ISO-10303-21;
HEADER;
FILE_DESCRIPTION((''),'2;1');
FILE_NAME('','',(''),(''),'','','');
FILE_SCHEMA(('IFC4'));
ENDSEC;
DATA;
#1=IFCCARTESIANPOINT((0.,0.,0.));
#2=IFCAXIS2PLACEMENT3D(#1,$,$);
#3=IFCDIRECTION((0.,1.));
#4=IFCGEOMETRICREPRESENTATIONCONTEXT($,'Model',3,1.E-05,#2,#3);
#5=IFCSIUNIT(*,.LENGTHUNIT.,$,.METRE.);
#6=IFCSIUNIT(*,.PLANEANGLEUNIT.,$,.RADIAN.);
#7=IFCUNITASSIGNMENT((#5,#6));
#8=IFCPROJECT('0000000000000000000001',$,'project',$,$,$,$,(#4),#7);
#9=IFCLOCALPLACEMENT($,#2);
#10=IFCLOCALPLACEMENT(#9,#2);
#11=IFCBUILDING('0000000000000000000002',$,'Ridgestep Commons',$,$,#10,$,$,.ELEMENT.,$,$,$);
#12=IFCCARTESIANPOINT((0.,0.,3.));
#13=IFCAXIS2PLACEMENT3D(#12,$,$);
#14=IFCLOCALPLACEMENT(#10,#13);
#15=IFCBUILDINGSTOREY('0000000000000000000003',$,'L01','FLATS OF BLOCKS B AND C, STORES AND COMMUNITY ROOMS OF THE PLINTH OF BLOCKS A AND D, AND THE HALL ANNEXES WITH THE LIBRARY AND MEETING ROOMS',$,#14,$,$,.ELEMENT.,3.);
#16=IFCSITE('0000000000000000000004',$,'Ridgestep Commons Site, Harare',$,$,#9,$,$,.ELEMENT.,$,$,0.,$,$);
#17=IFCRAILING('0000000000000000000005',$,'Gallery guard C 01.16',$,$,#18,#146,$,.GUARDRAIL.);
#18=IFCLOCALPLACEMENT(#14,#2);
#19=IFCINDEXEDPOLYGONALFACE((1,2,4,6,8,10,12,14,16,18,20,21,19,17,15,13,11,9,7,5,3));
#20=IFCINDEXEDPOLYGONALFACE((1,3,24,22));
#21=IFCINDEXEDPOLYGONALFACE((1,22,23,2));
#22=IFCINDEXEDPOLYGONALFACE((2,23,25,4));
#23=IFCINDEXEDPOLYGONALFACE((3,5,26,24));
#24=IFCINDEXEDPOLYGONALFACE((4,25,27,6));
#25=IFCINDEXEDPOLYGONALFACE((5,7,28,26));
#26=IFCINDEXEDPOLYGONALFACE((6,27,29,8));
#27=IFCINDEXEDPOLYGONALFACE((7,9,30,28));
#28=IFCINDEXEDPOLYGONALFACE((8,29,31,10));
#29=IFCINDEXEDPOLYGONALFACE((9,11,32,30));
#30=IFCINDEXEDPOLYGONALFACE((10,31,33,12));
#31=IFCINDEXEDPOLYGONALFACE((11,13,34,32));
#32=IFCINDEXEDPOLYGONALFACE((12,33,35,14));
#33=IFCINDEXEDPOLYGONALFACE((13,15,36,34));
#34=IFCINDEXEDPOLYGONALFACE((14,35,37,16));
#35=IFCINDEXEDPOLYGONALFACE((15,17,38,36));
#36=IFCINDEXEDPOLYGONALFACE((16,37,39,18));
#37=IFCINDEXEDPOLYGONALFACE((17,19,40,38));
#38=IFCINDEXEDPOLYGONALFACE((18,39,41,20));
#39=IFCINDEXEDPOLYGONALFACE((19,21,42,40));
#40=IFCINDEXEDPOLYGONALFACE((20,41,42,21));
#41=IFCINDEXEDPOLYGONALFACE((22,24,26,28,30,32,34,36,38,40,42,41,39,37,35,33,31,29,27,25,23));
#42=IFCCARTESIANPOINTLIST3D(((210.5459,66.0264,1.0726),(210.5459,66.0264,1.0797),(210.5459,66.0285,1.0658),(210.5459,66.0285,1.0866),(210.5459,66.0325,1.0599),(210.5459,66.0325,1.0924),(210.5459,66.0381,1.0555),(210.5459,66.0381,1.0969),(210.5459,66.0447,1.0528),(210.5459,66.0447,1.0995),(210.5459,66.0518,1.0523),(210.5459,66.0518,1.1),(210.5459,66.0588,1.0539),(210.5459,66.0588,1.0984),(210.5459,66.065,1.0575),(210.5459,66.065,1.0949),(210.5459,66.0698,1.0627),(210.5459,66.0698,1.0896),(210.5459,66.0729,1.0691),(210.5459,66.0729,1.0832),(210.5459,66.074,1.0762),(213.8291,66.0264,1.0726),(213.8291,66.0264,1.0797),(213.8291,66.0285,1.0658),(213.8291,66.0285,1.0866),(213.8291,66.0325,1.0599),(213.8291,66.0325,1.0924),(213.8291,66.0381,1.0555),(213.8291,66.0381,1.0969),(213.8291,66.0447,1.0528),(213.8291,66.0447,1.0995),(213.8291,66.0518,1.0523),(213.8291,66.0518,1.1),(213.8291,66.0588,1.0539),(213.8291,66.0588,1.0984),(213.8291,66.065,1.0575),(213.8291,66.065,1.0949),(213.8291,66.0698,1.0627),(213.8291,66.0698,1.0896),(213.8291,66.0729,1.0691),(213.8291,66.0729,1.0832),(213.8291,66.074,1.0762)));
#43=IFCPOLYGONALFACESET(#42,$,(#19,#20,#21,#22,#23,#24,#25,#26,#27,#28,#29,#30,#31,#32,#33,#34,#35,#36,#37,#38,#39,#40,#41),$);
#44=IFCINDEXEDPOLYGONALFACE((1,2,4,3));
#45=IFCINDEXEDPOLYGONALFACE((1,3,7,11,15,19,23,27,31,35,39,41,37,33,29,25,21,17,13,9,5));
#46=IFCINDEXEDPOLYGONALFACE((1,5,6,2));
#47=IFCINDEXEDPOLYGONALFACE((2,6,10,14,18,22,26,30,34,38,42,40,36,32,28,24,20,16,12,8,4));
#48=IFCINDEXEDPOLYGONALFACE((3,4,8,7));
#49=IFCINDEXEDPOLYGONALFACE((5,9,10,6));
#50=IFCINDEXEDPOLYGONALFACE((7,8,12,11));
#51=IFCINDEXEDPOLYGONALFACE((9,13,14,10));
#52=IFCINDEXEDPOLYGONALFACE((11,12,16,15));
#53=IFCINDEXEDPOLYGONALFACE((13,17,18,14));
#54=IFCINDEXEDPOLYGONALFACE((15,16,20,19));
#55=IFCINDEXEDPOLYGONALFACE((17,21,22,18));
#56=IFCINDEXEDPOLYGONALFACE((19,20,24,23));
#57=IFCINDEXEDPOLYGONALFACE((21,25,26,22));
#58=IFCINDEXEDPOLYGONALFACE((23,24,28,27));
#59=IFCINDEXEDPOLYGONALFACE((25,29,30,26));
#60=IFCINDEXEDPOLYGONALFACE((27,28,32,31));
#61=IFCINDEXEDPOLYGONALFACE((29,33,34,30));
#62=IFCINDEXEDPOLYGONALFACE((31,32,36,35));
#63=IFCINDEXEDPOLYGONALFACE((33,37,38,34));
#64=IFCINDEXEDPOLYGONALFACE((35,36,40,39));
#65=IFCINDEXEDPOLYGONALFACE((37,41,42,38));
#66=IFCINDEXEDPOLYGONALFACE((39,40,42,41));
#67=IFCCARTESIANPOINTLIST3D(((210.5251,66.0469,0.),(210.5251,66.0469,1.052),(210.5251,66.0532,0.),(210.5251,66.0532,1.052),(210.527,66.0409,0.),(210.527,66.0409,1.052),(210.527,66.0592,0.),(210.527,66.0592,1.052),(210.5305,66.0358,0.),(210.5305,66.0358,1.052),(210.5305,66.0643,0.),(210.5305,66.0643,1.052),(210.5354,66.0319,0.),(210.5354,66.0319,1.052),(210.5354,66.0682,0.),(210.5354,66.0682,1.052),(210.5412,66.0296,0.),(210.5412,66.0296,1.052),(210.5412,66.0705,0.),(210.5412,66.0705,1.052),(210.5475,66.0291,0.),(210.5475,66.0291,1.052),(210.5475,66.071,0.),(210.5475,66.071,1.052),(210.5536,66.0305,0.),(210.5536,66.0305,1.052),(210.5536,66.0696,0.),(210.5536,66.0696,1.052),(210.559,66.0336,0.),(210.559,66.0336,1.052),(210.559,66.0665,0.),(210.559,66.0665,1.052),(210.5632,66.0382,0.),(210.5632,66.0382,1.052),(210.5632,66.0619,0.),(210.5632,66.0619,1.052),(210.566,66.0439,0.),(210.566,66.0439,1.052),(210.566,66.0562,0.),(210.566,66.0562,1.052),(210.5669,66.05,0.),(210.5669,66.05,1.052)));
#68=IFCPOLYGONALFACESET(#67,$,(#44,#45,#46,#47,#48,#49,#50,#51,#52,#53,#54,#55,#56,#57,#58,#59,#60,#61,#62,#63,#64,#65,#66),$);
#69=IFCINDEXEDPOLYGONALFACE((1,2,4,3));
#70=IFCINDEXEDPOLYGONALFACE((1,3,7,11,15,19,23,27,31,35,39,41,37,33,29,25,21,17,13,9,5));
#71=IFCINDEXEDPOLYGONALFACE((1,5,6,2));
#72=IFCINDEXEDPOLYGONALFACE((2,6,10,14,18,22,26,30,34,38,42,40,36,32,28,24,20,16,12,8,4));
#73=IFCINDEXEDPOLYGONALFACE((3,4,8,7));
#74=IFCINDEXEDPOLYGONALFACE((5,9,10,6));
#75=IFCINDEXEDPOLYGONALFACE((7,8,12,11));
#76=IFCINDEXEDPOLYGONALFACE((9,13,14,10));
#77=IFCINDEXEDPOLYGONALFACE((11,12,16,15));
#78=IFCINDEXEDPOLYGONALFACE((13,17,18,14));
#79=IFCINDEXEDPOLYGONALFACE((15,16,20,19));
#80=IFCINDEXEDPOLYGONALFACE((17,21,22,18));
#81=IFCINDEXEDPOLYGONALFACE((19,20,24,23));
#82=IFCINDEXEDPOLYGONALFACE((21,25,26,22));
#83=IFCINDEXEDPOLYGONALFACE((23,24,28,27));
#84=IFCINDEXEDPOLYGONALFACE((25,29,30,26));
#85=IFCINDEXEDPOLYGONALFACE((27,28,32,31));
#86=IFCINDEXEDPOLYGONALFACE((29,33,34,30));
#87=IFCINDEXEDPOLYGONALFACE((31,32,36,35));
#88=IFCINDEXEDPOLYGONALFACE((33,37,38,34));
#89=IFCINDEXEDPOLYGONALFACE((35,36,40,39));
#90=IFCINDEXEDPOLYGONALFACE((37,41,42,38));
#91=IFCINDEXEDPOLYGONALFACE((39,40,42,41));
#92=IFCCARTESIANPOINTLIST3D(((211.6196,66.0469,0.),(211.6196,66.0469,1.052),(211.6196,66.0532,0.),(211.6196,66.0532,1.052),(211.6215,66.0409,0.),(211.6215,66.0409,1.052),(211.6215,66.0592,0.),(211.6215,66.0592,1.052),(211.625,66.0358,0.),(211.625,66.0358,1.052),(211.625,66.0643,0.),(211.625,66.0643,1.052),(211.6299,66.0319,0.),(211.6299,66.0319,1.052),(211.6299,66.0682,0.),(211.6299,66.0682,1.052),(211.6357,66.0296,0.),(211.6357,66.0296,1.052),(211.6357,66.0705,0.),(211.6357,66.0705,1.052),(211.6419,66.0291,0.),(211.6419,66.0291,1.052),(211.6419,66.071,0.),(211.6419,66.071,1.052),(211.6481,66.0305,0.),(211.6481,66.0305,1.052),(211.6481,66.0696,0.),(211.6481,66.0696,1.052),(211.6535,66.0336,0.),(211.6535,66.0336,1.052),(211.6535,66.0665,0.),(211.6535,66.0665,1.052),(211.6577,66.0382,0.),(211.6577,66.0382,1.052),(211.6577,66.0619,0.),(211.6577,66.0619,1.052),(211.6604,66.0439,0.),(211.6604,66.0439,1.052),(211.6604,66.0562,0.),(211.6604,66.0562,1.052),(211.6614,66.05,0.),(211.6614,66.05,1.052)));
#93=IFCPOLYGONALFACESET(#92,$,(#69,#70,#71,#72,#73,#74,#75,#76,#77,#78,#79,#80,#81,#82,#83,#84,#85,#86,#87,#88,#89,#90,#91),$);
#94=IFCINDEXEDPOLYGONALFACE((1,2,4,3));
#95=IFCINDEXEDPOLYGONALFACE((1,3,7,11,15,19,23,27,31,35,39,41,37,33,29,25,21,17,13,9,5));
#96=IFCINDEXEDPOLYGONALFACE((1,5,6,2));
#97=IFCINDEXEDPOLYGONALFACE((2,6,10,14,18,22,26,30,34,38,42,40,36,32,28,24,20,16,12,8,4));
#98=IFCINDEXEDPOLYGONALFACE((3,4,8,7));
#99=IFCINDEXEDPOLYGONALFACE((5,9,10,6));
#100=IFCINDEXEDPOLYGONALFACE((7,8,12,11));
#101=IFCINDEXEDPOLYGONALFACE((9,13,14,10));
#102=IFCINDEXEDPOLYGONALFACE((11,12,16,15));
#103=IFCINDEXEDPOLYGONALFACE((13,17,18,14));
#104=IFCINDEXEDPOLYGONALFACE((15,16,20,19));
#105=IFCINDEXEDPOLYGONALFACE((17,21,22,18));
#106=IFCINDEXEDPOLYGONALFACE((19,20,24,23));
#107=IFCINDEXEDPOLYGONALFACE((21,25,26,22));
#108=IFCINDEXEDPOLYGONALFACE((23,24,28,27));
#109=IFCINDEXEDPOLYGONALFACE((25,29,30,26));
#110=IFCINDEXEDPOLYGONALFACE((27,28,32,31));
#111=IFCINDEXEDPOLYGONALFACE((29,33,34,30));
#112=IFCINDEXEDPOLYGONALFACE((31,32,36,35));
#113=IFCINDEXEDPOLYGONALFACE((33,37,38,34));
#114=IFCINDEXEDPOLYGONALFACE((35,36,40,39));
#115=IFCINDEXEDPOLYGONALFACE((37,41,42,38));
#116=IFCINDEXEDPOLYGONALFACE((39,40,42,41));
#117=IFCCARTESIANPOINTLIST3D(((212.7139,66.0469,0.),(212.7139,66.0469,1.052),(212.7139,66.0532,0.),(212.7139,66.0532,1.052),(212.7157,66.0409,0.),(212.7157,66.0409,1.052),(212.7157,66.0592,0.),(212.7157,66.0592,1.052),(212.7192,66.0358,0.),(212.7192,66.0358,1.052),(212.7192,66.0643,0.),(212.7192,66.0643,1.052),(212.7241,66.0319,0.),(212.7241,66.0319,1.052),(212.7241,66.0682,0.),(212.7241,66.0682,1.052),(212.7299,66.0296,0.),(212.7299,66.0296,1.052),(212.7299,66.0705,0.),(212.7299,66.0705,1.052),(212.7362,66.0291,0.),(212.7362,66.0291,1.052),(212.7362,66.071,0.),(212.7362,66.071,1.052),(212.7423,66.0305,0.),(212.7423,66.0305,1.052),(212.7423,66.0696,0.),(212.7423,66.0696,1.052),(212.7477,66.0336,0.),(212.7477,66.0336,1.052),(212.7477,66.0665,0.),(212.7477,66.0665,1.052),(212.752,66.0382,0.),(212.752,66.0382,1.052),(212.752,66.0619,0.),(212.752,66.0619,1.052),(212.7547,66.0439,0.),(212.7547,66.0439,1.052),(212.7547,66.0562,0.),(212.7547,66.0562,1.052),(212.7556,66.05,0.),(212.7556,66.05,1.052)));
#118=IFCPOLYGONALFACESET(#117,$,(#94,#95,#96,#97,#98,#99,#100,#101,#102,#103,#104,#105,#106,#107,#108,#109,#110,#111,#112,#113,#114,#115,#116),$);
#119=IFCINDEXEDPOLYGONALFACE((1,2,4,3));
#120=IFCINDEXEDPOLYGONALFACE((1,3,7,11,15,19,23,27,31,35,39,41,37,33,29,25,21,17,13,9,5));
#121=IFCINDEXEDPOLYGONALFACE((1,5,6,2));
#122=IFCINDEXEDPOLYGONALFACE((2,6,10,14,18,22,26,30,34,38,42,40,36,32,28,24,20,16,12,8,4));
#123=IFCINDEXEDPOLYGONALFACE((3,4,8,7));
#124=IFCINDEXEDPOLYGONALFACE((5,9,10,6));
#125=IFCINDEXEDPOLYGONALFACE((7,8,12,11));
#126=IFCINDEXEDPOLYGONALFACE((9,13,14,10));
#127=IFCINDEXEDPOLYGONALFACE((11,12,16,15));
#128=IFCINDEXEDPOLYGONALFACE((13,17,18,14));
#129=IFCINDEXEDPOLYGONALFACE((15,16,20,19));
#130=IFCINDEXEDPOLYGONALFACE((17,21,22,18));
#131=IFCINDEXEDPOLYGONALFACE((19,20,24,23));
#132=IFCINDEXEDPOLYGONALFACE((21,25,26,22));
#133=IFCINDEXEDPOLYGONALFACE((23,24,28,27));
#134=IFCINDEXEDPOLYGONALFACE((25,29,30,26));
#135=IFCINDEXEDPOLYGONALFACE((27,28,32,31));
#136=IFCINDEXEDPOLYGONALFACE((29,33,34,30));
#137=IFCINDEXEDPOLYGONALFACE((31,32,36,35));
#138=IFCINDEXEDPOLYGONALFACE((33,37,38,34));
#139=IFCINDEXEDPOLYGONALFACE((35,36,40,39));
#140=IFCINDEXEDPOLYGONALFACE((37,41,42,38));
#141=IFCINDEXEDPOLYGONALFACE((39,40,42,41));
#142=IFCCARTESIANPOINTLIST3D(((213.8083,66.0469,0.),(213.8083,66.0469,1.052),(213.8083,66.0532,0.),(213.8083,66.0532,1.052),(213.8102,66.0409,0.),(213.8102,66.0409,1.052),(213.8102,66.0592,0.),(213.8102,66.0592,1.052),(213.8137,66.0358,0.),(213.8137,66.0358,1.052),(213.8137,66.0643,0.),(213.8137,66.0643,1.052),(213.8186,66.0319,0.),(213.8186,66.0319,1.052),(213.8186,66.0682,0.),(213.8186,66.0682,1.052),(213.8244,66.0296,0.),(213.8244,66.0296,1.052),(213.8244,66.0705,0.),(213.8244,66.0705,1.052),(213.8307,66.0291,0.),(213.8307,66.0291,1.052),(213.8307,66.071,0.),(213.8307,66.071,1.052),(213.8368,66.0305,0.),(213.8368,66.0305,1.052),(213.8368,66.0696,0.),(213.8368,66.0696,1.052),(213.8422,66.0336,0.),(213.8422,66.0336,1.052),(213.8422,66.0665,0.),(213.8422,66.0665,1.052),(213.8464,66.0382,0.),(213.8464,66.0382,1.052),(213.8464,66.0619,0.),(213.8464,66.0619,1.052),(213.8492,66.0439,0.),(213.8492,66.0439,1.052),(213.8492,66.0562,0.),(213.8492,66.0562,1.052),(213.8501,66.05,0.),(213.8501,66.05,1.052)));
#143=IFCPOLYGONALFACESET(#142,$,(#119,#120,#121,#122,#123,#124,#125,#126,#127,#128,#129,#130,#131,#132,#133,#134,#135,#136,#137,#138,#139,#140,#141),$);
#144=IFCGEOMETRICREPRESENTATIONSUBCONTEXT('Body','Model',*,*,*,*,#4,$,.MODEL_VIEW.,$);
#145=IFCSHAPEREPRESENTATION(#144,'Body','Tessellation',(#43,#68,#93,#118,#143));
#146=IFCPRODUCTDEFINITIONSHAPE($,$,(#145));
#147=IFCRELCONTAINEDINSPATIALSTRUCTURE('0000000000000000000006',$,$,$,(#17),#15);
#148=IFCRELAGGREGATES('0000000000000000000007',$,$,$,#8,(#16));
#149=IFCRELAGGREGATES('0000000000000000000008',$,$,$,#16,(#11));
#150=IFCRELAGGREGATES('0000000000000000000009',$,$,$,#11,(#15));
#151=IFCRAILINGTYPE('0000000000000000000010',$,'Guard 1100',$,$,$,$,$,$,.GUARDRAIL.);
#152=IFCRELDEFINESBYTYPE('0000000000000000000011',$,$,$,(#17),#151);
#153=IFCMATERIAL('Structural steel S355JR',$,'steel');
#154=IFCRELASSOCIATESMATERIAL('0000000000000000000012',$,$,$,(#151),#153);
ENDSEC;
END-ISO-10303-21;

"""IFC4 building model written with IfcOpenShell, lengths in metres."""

from ifc_helpers import new_model, si_unit, direction, frame, origin, origin_2d, place, context, subcontext, project, spatial, circle, extrude, material, type_object, element, save


model = new_model("IFC4")

# Units and contexts
model_context = context("Model", 3, precision=1e-05, world=origin(), true_north=direction((0.0, 1.0)))
body_context = subcontext(model_context, "Body", "Model", "MODEL_VIEW")
ifc_project = project(units=[si_unit("LENGTHUNIT", "METRE"), si_unit("PLANEANGLEUNIT", "RADIAN")], contexts=[model_context])

# Site, building, storey
site_placement = place(None, origin())
site = spatial("IfcSite", under=ifc_project, at=site_placement, Name="Ridgestep Commons Site, Harare", CompositionType="ELEMENT", RefElevation=0.0)
building_placement = place(site_placement, origin())
building = spatial("IfcBuilding", under=site, at=building_placement, Name="Ridgestep Commons", CompositionType="ELEMENT")
storey_placement = place(building_placement, frame((0.0, 0.0, 3.0)))
storey = spatial("IfcBuildingStorey", under=building, at=storey_placement, Name="L01", Description="FLATS OF BLOCKS B AND C, STORES AND COMMUNITY ROOMS OF THE PLINTH OF BLOCKS A AND D, AND THE HALL ANNEXES WITH THE LIBRARY AND MEETING ROOMS", CompositionType="ELEMENT", Elevation=3.0)

# Railing
ifc_material_1 = material(Name="Structural steel S355JR", Category="steel")
railing_type = type_object("IfcRailingType", Name="Guard 1100", PredefinedType="GUARDRAIL", material=ifc_material_1)
for number, where, name in (
    (1, (210.5459, 66.05, 0.0), "Gallery guard C 01.16"),
):
    element("IfcRailing", number, at=place(storey_placement, frame(where)), inside=storey, type_object=railing_type, Name=name, PredefinedType="GUARDRAIL", context=body_context, shape_type="SweptSolid", body=[
        extrude(circle(Radius=0.0239, at=origin_2d()), frame((0.0, 0.0, 1.0762), z_axis=(1.0, 0.0, 0.0), x_axis=(0.0, 1.0, 0.0)), (0.0, 0.0, 1.0), 3.2832),
        extrude(circle(Radius=0.021, at=origin_2d()), origin(), (0.0, 0.0, 1.0), 1.052),
        extrude(circle(Radius=0.021, at=origin_2d()), frame((1.0945, 0.0, 0.0)), (0.0, 0.0, 1.0), 1.052),
        extrude(circle(Radius=0.021, at=origin_2d()), frame((2.1887, 0.0, 0.0)), (0.0, 0.0, 1.0), 1.052),
        extrude(circle(Radius=0.021, at=origin_2d()), frame((3.2832, 0.0, 0.0)), (0.0, 0.0, 1.0), 1.052),
    ])

save(model, "model.ifc")
